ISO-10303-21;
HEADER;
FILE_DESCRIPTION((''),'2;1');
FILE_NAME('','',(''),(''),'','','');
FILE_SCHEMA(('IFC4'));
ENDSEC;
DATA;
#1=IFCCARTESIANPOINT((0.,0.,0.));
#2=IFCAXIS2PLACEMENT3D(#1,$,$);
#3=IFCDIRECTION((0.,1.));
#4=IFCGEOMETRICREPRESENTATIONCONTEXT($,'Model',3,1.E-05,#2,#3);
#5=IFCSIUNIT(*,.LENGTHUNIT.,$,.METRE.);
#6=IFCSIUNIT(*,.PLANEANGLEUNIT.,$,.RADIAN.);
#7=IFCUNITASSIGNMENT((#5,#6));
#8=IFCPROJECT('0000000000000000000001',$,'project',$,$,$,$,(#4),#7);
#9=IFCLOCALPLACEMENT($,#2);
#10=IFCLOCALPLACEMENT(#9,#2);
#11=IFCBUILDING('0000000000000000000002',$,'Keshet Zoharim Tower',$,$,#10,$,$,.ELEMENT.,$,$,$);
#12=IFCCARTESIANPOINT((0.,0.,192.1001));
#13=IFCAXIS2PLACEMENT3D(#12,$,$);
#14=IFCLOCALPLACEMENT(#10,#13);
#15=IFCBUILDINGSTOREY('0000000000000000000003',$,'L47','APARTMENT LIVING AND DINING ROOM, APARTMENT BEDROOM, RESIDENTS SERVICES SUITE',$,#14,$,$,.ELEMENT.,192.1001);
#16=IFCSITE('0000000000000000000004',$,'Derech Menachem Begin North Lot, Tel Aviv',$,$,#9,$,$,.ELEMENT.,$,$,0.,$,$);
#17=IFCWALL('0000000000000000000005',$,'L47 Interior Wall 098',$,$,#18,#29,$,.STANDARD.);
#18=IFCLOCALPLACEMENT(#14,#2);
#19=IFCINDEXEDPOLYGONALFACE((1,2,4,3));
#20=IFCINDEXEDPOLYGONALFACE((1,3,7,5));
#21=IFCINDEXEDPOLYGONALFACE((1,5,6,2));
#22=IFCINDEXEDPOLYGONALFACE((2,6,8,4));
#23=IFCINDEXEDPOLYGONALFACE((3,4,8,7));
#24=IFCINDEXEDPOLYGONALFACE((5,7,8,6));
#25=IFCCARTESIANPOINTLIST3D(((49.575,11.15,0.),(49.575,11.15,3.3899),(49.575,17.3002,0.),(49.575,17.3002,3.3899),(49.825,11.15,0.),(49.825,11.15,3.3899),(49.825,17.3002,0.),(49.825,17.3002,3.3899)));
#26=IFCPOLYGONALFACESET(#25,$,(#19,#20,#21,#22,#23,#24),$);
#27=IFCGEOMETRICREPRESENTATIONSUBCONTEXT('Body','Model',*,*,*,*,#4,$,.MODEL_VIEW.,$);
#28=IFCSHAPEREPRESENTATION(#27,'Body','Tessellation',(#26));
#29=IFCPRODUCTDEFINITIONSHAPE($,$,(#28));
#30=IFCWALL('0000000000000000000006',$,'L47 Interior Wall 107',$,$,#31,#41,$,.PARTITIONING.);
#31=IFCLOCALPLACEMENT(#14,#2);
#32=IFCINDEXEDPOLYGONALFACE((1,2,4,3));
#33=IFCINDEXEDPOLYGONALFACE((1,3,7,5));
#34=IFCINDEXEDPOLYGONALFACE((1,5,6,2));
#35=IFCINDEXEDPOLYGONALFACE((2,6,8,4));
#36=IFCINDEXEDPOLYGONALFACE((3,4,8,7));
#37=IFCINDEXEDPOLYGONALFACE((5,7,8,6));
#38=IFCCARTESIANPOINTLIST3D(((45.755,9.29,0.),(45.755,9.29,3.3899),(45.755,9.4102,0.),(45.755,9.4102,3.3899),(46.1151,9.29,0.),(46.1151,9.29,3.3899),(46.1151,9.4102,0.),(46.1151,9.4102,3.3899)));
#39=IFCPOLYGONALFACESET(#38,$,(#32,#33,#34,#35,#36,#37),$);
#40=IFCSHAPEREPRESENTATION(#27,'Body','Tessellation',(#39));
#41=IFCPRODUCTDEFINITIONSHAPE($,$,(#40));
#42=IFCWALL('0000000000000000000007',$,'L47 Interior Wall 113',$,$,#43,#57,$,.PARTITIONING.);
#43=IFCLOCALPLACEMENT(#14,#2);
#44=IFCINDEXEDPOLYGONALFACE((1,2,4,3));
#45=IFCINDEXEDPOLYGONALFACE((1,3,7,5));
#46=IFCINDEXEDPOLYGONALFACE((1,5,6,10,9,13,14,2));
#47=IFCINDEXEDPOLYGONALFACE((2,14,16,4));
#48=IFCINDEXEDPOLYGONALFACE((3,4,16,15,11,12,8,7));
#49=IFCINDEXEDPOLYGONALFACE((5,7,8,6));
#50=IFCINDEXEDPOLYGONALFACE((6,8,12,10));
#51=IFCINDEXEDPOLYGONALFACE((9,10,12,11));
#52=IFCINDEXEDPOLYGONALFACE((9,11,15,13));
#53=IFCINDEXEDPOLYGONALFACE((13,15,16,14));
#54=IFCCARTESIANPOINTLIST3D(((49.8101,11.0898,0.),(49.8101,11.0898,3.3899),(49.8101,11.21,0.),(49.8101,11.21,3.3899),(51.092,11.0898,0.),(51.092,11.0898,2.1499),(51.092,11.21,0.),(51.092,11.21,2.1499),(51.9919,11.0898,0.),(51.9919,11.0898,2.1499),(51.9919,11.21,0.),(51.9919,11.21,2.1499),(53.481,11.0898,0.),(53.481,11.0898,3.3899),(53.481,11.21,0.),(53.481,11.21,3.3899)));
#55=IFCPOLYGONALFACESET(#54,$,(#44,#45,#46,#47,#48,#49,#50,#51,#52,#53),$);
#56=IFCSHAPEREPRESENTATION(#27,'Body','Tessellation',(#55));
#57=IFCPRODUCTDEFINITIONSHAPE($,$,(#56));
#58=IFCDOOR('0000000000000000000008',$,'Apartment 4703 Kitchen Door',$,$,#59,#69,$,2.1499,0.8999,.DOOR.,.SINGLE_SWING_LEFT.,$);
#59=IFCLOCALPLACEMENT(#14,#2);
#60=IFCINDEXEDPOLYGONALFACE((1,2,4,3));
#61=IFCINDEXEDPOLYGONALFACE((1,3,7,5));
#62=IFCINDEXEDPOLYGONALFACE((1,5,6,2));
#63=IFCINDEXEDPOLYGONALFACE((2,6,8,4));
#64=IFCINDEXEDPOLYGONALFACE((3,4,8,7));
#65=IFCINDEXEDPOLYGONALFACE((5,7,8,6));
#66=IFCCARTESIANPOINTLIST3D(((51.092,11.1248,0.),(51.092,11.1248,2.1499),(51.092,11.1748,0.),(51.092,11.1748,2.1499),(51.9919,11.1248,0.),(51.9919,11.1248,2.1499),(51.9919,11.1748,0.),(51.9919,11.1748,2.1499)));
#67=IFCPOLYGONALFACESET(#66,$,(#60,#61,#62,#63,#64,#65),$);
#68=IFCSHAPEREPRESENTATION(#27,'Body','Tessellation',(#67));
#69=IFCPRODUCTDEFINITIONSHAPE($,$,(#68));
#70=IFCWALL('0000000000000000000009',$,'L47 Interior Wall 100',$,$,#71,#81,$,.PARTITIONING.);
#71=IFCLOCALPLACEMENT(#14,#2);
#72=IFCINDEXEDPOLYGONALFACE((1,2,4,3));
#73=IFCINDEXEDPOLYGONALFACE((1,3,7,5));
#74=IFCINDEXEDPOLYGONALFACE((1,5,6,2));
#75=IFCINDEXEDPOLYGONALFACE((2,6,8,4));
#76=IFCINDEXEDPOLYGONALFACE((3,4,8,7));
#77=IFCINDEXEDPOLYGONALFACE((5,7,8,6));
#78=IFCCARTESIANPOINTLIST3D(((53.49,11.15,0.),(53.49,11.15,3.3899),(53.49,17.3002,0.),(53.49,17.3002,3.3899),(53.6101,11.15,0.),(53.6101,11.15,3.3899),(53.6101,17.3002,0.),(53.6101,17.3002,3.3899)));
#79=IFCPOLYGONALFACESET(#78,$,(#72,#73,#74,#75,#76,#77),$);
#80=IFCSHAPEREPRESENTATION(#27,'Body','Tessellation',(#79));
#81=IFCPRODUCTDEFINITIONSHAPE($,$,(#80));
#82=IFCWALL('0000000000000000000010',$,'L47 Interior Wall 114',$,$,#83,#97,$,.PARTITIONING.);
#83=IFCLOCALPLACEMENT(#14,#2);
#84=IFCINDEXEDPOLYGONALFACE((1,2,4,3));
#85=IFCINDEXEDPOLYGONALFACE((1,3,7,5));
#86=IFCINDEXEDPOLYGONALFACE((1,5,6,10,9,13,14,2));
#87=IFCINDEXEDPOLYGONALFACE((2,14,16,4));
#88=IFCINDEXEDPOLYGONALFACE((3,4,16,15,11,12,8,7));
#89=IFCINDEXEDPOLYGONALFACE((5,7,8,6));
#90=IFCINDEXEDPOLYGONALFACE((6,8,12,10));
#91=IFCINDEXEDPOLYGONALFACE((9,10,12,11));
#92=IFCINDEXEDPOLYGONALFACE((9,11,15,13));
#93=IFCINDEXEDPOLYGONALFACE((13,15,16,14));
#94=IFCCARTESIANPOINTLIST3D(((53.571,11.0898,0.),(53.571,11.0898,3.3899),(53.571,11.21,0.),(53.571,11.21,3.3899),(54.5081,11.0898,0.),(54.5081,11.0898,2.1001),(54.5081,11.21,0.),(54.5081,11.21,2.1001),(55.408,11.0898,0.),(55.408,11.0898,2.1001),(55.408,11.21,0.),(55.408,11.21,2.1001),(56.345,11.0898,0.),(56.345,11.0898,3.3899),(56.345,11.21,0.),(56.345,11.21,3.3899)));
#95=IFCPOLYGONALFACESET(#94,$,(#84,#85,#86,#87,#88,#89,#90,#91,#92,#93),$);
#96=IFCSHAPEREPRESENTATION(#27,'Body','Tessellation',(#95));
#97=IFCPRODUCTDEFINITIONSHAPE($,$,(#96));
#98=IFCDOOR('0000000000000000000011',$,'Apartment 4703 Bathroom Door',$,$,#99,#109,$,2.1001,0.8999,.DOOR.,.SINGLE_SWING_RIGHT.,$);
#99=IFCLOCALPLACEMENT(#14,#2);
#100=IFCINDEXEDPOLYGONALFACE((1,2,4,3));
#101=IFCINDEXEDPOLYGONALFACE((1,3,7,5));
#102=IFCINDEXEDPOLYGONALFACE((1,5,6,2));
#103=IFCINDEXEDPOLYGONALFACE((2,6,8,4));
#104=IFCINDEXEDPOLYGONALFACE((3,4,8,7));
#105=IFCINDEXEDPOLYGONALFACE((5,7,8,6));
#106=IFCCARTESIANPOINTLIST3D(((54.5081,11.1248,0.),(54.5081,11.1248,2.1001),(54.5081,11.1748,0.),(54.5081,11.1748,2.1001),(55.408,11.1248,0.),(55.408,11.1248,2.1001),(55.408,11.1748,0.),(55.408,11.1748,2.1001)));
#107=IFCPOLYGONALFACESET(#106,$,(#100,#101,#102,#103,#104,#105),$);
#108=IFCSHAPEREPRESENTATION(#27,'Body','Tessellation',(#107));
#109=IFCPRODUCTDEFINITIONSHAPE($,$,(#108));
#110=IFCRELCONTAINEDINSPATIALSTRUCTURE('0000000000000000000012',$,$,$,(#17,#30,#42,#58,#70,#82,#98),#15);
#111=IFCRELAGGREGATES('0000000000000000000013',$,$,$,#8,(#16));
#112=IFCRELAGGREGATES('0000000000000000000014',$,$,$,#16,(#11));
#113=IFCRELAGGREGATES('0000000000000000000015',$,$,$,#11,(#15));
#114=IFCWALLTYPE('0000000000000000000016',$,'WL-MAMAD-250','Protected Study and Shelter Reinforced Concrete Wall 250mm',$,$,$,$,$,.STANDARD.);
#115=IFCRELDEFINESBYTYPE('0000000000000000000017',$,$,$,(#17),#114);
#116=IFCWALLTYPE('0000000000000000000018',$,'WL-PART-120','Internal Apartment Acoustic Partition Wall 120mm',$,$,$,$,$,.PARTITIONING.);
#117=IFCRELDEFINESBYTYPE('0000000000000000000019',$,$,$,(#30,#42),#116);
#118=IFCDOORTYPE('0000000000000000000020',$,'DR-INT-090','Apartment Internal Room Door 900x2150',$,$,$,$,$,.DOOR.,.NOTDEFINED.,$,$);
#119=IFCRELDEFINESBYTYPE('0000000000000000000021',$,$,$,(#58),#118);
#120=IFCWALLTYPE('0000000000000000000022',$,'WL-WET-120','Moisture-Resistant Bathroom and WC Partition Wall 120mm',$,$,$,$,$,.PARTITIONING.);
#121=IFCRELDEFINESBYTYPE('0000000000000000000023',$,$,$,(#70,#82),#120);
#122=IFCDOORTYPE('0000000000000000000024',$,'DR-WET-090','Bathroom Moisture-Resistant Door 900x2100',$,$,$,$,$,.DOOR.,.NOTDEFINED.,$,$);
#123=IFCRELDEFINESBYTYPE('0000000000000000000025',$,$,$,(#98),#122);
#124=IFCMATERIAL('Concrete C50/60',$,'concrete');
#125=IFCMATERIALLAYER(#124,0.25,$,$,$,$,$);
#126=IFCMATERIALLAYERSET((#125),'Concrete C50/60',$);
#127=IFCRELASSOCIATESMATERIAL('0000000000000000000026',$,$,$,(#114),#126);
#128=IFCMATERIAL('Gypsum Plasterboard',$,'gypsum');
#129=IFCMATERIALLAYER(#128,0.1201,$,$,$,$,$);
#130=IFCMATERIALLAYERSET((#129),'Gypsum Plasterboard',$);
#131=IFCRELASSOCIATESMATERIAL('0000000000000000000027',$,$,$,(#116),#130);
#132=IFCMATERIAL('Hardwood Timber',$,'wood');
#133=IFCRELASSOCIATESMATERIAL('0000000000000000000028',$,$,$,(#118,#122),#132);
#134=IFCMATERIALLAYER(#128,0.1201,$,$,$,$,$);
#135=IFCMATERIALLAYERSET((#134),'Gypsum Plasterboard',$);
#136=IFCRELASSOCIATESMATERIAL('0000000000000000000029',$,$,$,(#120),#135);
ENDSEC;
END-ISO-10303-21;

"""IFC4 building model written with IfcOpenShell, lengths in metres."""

from ifc_helpers import new_model, si_unit, direction, frame, frame_2d, origin, place, context, subcontext, project, spatial, rectangle, extrude, material, layer, layer_set, type_object, element, fill, save


model = new_model("IFC4")

# Units and contexts
model_context = context("Model", 3, precision=1e-05, world=origin(), true_north=direction((0.0, 1.0)))
body_context = subcontext(model_context, "Body", "Model", "MODEL_VIEW")
ifc_project = project(units=[si_unit("LENGTHUNIT", "METRE"), si_unit("PLANEANGLEUNIT", "RADIAN")], contexts=[model_context])

# Site, building, storey
site_placement = place(None, origin())
site = spatial("IfcSite", under=ifc_project, at=site_placement, Name="Derech Menachem Begin North Lot, Tel Aviv", CompositionType="ELEMENT", RefElevation=0.0)
building_placement = place(site_placement, origin())
building = spatial("IfcBuilding", under=site, at=building_placement, Name="Keshet Zoharim Tower", CompositionType="ELEMENT")
storey_placement = place(building_placement, frame((0.0, 0.0, 192.1001)))
storey = spatial("IfcBuildingStorey", under=building, at=storey_placement, Name="L47", Description="APARTMENT LIVING AND DINING ROOM, APARTMENT BEDROOM, RESIDENTS SERVICES SUITE", CompositionType="ELEMENT", Elevation=192.1001)

# Wall
ifc_material_1 = material(Name="Concrete C50/60", Category="concrete")
ifc_layer_1 = layer(ifc_material_1, 0.25)
ifc_layer_set_1 = layer_set([ifc_layer_1], Name="Concrete C50/60")
wall_type_1 = type_object("IfcWallType", Name="WL-MAMAD-250", Description="Protected Study and Shelter Reinforced Concrete Wall 250mm", PredefinedType="STANDARD", material=ifc_layer_set_1)
for number, where, z_axis, x_axis, name in (
    (1, (49.7, 11.1499, 0.0), (0.0, 0.0, 1.0), (0.0, 1.0, 0.0), "L47 Interior Wall 098"),
):
    element("IfcWall", number, at=place(storey_placement, frame(where, z_axis=z_axis, x_axis=x_axis)), inside=storey, type_object=wall_type_1, Name=name, PredefinedType="STANDARD", context=body_context, shape_type="SweptSolid", body=[
        extrude(rectangle(XDim=6.1501, YDim=0.25, at=frame_2d((3.0752, 0.0))), origin(), (0.0, 0.0, 1.0), 3.3899),
    ])

# Shared definitions
ifc_material_2 = material(Name="Hardwood Timber", Category="wood")

# Wall
ifc_material_3 = material(Name="Gypsum Plasterboard", Category="gypsum")
ifc_layer_2 = layer(ifc_material_3, 0.1201)
ifc_layer_set_2 = layer_set([ifc_layer_2], Name="Gypsum Plasterboard")
wall_type_2 = type_object("IfcWallType", Name="WL-PART-120", Description="Internal Apartment Acoustic Partition Wall 120mm", PredefinedType="PARTITIONING", material=ifc_layer_set_2)
wall_1_placement = place(storey_placement, frame((45.7549, 9.3501, 0.0), z_axis=(0.0, 0.0, 1.0), x_axis=(1.0, 0.0, 0.0)))
element("IfcWall", 2, at=wall_1_placement, inside=storey, type_object=wall_type_2, Name="L47 Interior Wall 107", PredefinedType="PARTITIONING", context=body_context, shape_type="SweptSolid", body=[
    extrude(rectangle(XDim=0.3601, YDim=0.1201, at=frame_2d((0.1802, 0.0))), origin(), (0.0, 0.0, 1.0), 3.3899),
])

# Shared definitions
door_type_1 = type_object("IfcDoorType", Name="DR-INT-090", Description="Apartment Internal Room Door 900x2150", OperationType="NOTDEFINED", PredefinedType="DOOR", material=ifc_material_2)

# Wall, opening, door
wall_2_placement = place(storey_placement, frame((49.8101, 11.1499, 0.0), z_axis=(0.0, 0.0, 1.0), x_axis=(1.0, 0.0, 0.0)))
wall_2 = element("IfcWall", 3, at=wall_2_placement, inside=storey, type_object=wall_type_2, Name="L47 Interior Wall 113", PredefinedType="PARTITIONING", context=body_context, shape_type="SweptSolid", body=[
    extrude(rectangle(XDim=3.6709, YDim=0.1201, at=frame_2d((1.8354, 0.0))), origin(), (0.0, 0.0, 1.0), 3.3899),
])
opening_1_placement = place(wall_2_placement, frame((1.282, 0.0, 0.0)))
opening_1 = element("IfcOpeningElement", 4, at=opening_1_placement, cuts=wall_2, PredefinedType="OPENING", context=body_context, shape_type="SweptSolid", body=[
    extrude(rectangle(XDim=0.8999, YDim=2.1499, at=frame_2d((0.45, 1.075))), frame((0.0, 0.0701, 0.0), z_axis=(0.0, -1.0, 0.0), x_axis=(1.0, 0.0, 0.0)), (0.0, 0.0, 1.0), 0.1401),
])
door_1_placement = place(opening_1_placement, origin())
door_1 = element("IfcDoor", 5, at=door_1_placement, inside=storey, type_object=door_type_1, Name="Apartment 4703 Kitchen Door", OperationType="SINGLE_SWING_LEFT", OverallHeight=2.1499, OverallWidth=0.8999, PredefinedType="DOOR", context=body_context, shape_type="SweptSolid", body=[
    extrude(rectangle(XDim=0.8999, YDim=2.1499, at=frame_2d((0.45, 1.075))), frame((0.0, 0.0249, 0.0), z_axis=(0.0, -1.0, 0.0), x_axis=(1.0, 0.0, 0.0)), (0.0, 0.0, 1.0), 0.05),
])
fill(opening_1, door_1)

# Wall
ifc_layer_3 = layer(ifc_material_3, 0.1201)
ifc_layer_set_3 = layer_set([ifc_layer_3], Name="Gypsum Plasterboard")
wall_type_3 = type_object("IfcWallType", Name="WL-WET-120", Description="Moisture-Resistant Bathroom and WC Partition Wall 120mm", PredefinedType="PARTITIONING", material=ifc_layer_set_3)
wall_3_placement = place(storey_placement, frame((53.55, 11.1499, 0.0), z_axis=(0.0, 0.0, 1.0), x_axis=(0.0, 1.0, 0.0)))
element("IfcWall", 6, at=wall_3_placement, inside=storey, type_object=wall_type_3, Name="L47 Interior Wall 100", PredefinedType="PARTITIONING", context=body_context, shape_type="SweptSolid", body=[
    extrude(rectangle(XDim=6.1501, YDim=0.1201, at=frame_2d((3.0752, 0.0))), origin(), (0.0, 0.0, 1.0), 3.3899),
])

# Wall, opening, door
wall_4_placement = place(storey_placement, frame((53.571, 11.1499, 0.0), z_axis=(0.0, 0.0, 1.0), x_axis=(1.0, 0.0, 0.0)))
wall_4 = element("IfcWall", 7, at=wall_4_placement, inside=storey, type_object=wall_type_3, Name="L47 Interior Wall 114", PredefinedType="PARTITIONING", context=body_context, shape_type="SweptSolid", body=[
    extrude(rectangle(XDim=2.7739, YDim=0.1201, at=frame_2d((1.387, 0.0))), origin(), (0.0, 0.0, 1.0), 3.3899),
])
opening_2_placement = place(wall_4_placement, frame((0.937, 0.0, 0.0)))
opening_2 = element("IfcOpeningElement", 8, at=opening_2_placement, cuts=wall_4, PredefinedType="OPENING", context=body_context, shape_type="SweptSolid", body=[
    extrude(rectangle(XDim=0.8999, YDim=2.1001, at=frame_2d((0.45, 1.05))), frame((0.0, 0.0701, 0.0), z_axis=(0.0, -1.0, 0.0), x_axis=(1.0, 0.0, 0.0)), (0.0, 0.0, 1.0), 0.1401),
])
door_type_2 = type_object("IfcDoorType", Name="DR-WET-090", Description="Bathroom Moisture-Resistant Door 900x2100", OperationType="NOTDEFINED", PredefinedType="DOOR", material=ifc_material_2)
door_2_placement = place(opening_2_placement, origin())
door_2 = element("IfcDoor", 9, at=door_2_placement, inside=storey, type_object=door_type_2, Name="Apartment 4703 Bathroom Door", OperationType="SINGLE_SWING_RIGHT", OverallHeight=2.1001, OverallWidth=0.8999, PredefinedType="DOOR", context=body_context, shape_type="SweptSolid", body=[
    extrude(rectangle(XDim=0.8999, YDim=2.1001, at=frame_2d((0.45, 1.05))), frame((0.0, 0.0249, 0.0), z_axis=(0.0, -1.0, 0.0), x_axis=(1.0, 0.0, 0.0)), (0.0, 0.0, 1.0), 0.05),
])
fill(opening_2, door_2)

save(model, "model.ifc")
